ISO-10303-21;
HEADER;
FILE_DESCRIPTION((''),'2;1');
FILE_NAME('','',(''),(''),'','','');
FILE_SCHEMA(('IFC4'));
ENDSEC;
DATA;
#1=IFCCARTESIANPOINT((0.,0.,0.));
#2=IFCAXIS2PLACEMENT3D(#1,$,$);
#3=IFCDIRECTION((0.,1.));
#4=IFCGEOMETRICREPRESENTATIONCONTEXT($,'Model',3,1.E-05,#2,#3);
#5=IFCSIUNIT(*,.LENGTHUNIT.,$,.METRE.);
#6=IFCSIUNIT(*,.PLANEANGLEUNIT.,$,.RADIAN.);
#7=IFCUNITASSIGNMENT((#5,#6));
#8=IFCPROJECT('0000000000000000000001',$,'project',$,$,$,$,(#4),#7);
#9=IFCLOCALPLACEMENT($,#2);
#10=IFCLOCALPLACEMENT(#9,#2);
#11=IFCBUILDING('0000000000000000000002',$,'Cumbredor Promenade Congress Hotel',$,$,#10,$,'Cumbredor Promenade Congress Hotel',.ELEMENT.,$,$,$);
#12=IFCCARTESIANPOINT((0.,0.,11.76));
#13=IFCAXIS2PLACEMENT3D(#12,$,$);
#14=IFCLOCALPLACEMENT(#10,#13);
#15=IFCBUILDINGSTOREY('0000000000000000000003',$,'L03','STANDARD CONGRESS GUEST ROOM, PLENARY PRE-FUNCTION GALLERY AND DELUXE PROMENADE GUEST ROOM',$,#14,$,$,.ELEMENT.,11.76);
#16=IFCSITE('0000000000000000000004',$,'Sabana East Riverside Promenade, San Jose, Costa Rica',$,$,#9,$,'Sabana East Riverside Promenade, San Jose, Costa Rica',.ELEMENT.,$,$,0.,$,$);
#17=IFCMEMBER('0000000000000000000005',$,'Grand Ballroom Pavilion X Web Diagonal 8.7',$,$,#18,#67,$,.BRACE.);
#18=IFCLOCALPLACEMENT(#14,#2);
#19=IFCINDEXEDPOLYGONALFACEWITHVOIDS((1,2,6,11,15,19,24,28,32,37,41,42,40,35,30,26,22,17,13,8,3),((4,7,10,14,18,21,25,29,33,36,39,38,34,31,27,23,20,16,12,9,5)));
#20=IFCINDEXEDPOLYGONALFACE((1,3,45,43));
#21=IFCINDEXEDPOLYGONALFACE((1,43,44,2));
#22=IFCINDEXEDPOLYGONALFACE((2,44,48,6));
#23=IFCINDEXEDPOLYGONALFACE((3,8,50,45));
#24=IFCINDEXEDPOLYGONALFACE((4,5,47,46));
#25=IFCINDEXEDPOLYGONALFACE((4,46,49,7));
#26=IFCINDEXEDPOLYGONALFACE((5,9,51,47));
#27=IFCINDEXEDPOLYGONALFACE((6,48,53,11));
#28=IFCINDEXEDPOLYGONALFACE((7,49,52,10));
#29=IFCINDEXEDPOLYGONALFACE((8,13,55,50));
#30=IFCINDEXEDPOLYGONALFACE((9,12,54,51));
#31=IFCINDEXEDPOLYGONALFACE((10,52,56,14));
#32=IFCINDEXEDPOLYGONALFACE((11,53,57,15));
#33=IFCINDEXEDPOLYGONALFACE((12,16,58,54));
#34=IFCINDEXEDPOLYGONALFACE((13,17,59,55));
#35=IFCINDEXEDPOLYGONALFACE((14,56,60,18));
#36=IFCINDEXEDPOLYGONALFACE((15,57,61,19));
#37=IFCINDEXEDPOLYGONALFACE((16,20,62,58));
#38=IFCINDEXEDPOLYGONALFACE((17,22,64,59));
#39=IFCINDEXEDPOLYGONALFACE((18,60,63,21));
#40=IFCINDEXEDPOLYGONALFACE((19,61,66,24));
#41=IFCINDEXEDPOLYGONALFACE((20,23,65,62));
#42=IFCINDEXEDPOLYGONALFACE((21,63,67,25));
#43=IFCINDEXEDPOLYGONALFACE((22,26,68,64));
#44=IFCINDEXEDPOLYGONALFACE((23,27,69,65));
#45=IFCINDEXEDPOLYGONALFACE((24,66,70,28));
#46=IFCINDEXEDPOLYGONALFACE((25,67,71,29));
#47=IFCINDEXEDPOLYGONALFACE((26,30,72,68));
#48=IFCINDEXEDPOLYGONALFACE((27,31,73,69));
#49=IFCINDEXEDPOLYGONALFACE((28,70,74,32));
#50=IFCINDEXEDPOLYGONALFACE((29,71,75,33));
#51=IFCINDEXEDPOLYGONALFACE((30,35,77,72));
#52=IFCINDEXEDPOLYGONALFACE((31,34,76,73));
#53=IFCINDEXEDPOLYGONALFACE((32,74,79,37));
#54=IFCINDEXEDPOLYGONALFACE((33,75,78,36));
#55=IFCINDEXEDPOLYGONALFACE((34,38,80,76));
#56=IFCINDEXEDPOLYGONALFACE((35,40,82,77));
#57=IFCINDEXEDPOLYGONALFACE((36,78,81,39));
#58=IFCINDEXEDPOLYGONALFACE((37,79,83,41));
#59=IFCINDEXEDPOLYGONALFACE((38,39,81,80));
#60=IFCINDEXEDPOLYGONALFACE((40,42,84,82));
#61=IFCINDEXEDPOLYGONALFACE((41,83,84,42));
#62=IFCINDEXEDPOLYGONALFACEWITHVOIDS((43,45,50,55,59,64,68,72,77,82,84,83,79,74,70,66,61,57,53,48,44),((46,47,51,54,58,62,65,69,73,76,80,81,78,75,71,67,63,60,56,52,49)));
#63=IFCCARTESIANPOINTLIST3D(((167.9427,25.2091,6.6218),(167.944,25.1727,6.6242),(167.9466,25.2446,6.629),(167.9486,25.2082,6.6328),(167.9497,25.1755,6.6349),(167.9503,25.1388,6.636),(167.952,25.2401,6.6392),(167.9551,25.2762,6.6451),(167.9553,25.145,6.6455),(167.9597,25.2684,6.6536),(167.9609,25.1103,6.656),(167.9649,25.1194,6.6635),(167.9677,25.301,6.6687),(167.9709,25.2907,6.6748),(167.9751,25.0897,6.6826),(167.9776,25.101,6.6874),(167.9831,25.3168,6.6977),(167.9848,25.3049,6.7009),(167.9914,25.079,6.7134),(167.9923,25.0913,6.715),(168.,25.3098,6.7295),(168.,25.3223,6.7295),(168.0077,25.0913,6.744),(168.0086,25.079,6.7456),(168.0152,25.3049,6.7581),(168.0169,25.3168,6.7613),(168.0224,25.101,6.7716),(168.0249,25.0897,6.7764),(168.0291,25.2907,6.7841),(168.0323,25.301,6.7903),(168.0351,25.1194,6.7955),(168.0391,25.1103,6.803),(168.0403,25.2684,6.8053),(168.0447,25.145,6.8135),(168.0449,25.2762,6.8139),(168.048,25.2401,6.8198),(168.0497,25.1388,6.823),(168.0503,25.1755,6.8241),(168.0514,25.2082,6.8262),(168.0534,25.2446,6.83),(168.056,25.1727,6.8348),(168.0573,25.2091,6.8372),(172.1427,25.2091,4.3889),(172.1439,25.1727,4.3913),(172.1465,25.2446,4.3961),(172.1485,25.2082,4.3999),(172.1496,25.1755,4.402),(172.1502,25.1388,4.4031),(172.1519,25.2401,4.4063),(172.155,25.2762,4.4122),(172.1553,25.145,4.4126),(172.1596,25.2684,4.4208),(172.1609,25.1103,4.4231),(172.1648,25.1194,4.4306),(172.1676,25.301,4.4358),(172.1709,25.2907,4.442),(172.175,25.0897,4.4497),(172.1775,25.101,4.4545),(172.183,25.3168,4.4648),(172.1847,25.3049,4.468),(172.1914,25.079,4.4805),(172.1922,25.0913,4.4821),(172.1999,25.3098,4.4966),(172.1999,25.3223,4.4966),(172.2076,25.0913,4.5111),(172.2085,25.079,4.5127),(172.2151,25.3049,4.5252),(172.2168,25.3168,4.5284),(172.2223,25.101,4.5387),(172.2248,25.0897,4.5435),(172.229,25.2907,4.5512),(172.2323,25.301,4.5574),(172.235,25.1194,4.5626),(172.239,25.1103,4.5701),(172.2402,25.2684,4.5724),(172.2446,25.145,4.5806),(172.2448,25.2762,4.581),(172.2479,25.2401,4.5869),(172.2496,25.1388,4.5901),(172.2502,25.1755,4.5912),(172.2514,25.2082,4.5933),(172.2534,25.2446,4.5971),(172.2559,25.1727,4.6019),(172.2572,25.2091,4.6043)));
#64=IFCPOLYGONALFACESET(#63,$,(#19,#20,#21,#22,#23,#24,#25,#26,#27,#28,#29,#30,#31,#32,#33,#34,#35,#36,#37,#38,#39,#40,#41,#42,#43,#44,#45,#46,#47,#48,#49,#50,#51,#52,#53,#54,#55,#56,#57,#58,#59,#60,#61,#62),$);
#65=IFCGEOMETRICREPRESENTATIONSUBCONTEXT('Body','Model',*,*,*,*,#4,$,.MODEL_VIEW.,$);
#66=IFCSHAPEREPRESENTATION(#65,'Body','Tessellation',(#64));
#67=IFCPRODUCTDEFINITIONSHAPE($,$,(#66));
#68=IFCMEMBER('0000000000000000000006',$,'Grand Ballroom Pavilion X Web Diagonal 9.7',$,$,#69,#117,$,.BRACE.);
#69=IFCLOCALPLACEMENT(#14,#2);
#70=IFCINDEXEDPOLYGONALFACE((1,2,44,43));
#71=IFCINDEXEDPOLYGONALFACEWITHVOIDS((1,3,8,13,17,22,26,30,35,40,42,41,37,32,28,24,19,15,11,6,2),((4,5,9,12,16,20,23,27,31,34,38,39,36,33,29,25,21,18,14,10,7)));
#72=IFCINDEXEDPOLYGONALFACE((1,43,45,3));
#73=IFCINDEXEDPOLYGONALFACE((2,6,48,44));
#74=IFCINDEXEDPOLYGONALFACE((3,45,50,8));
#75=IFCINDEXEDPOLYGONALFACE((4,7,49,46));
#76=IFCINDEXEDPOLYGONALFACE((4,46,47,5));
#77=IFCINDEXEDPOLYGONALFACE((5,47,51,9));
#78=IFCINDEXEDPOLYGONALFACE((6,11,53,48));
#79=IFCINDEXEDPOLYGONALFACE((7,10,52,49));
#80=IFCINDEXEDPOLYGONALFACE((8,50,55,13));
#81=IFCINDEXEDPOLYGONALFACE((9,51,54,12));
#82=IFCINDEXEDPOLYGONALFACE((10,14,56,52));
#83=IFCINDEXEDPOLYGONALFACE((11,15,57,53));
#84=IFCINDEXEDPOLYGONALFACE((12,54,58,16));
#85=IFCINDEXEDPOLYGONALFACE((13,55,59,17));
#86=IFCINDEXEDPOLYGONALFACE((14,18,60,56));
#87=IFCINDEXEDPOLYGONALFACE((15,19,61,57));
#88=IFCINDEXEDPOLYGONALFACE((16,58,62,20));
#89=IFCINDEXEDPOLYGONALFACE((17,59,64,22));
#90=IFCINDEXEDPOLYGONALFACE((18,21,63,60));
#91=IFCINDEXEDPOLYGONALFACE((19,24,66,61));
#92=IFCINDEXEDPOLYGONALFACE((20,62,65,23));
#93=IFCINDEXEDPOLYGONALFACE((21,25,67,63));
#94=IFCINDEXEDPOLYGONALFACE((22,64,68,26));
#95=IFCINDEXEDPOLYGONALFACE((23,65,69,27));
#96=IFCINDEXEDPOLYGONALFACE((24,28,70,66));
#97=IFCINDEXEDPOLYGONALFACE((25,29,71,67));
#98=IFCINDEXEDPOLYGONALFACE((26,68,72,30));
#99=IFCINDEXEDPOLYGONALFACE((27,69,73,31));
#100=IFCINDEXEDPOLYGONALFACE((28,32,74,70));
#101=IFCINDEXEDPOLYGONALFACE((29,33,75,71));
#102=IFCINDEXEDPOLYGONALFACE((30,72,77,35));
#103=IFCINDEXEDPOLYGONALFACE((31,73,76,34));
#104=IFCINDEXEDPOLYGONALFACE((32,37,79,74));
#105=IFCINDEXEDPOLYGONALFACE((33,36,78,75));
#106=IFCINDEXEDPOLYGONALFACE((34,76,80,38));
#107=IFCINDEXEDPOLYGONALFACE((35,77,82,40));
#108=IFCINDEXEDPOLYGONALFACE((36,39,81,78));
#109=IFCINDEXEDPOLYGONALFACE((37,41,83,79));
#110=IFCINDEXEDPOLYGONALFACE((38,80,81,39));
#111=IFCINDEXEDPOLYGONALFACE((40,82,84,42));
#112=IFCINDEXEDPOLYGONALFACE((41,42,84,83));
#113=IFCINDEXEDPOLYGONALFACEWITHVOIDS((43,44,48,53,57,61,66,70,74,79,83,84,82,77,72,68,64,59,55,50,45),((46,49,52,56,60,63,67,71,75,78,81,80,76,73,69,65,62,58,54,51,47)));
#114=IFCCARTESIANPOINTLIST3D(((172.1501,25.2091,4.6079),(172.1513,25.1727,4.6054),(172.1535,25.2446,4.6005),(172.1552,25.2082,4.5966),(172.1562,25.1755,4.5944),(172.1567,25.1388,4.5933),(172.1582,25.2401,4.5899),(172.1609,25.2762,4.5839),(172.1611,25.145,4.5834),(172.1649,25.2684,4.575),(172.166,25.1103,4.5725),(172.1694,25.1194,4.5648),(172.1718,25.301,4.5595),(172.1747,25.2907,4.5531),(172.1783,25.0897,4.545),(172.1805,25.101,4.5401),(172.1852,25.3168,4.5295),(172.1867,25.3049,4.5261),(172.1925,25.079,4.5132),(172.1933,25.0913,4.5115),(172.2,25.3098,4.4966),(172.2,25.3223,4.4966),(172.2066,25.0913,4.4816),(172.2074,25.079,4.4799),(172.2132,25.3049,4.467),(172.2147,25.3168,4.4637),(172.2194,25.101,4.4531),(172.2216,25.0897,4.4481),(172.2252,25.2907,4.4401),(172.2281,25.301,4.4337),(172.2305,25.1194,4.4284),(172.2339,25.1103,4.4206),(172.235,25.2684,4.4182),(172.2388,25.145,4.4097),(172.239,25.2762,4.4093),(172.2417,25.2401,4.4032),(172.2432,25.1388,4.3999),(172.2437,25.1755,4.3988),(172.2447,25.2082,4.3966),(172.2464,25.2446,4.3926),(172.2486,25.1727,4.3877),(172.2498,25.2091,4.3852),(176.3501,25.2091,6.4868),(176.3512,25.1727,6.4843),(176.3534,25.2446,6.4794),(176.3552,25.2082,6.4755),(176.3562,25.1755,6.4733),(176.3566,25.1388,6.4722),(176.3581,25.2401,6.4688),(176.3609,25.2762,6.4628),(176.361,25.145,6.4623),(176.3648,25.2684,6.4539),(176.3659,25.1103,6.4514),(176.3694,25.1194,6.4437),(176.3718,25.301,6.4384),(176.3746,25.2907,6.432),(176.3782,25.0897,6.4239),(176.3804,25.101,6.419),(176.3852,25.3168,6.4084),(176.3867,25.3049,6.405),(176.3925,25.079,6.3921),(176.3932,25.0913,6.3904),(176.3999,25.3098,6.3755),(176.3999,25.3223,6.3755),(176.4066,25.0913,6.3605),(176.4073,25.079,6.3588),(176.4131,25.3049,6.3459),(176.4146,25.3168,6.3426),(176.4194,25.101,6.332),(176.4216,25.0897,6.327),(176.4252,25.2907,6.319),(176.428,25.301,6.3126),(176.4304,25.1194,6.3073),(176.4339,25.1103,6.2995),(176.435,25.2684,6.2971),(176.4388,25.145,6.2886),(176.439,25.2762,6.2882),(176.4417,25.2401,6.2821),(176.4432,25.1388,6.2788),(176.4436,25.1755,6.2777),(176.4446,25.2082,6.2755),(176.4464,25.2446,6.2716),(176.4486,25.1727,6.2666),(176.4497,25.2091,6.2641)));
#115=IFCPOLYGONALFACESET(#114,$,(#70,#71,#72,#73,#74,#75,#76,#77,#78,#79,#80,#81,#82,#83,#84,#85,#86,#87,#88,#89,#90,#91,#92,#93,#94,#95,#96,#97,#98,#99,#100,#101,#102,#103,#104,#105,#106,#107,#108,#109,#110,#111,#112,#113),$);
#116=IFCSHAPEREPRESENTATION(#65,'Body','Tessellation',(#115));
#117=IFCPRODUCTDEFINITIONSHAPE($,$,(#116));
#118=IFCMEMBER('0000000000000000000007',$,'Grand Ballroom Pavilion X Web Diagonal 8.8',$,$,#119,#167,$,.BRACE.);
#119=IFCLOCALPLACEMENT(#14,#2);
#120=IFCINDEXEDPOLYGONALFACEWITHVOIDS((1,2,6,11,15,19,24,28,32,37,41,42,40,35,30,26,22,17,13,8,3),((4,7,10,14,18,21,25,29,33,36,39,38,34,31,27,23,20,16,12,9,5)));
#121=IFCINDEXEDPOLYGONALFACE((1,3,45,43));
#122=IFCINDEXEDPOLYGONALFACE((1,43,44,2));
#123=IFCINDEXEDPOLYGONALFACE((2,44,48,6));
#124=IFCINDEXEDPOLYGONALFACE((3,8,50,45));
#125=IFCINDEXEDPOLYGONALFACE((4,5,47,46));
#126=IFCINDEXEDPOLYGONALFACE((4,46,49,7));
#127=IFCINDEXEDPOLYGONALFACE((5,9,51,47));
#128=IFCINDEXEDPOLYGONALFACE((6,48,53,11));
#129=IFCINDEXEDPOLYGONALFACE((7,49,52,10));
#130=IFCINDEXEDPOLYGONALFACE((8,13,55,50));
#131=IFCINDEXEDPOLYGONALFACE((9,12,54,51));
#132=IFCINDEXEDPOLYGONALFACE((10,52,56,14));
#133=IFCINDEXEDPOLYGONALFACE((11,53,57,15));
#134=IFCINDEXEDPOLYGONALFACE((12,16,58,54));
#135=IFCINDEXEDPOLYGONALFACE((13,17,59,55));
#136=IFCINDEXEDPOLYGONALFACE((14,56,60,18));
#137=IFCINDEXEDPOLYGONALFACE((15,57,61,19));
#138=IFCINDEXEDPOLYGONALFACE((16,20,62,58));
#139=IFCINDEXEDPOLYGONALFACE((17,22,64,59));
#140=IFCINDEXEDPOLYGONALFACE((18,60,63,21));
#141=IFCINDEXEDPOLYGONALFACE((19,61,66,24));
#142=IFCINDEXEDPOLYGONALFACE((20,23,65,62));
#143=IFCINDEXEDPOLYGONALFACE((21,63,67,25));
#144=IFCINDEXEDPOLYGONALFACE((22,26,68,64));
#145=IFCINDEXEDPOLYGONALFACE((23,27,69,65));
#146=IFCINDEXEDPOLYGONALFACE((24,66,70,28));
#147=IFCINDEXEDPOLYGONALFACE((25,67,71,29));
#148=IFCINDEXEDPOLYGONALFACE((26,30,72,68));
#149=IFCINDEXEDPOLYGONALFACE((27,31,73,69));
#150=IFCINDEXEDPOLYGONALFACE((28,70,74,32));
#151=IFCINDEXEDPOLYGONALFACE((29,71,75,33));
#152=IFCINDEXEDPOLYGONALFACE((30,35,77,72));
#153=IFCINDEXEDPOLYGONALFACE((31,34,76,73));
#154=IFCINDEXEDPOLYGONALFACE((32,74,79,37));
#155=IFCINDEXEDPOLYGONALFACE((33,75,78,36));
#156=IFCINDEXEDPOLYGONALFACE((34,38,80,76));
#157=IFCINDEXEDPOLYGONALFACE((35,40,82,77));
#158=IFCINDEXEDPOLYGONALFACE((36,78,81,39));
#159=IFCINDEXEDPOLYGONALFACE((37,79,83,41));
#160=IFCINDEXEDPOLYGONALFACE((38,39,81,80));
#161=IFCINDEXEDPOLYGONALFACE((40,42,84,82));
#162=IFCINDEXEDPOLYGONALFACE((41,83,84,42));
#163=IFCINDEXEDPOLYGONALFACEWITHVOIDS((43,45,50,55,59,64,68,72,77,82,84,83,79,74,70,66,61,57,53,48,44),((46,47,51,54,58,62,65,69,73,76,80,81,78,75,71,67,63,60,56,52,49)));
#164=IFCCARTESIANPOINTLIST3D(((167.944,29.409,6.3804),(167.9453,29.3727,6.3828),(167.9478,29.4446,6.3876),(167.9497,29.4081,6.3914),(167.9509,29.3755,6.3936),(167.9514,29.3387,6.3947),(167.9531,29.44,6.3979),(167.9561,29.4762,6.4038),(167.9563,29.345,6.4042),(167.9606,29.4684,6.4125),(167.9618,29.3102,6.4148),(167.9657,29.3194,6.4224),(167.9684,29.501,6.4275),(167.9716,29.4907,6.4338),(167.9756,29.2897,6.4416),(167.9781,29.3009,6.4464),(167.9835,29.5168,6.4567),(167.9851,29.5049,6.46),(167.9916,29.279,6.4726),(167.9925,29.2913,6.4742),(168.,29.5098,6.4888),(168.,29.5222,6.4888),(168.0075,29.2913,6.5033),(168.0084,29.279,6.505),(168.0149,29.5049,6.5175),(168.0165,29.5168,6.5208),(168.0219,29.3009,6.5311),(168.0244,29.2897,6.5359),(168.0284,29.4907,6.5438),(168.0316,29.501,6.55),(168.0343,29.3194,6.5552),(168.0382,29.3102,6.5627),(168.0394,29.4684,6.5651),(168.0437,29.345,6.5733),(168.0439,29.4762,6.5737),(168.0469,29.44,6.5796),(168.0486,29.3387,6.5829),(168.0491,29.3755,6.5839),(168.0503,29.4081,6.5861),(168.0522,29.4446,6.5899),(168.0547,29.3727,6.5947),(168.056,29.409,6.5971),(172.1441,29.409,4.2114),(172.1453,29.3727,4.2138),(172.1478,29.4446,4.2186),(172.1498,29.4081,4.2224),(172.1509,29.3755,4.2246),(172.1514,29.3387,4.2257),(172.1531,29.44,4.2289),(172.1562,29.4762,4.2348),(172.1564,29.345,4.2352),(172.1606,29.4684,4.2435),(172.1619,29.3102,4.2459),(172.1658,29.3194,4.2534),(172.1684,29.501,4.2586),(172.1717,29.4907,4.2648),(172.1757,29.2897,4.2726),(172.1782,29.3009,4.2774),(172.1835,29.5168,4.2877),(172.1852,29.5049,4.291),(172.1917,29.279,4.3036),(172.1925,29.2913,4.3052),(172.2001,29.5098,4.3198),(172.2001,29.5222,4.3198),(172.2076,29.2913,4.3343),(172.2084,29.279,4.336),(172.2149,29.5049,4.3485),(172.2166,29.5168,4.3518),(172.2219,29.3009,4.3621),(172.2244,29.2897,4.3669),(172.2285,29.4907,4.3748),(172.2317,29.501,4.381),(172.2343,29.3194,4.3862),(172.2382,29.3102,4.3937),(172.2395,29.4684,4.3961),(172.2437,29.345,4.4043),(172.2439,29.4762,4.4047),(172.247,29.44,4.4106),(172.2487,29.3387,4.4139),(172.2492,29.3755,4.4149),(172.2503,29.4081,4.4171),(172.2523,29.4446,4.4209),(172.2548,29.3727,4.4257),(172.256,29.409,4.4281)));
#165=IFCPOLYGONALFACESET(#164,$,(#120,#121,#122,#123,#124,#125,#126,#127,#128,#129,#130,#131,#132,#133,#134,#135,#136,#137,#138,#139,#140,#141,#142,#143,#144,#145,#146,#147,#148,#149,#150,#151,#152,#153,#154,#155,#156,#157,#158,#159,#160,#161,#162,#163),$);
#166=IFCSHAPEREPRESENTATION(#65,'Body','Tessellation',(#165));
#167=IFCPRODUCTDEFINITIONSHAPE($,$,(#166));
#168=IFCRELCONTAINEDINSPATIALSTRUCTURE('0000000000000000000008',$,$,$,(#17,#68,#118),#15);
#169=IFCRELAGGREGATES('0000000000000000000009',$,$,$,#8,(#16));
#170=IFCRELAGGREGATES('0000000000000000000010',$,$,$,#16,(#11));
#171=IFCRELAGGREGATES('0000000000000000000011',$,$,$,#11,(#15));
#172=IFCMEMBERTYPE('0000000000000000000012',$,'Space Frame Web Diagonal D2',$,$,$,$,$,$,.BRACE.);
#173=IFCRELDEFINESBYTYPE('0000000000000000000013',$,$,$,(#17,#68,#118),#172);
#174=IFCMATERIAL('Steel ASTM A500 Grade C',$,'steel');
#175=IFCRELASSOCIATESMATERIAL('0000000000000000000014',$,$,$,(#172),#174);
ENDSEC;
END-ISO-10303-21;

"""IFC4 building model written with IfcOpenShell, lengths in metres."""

from ifc_helpers import new_model, si_unit, direction, frame, origin, origin_2d, place, context, subcontext, project, spatial, hollow_circle, extrude, material, material_profile, profile_set, type_object, element, save


model = new_model("IFC4")

# Units and contexts
model_context = context("Model", 3, precision=1e-05, world=origin(), true_north=direction((0.0, 1.0)))
body_context = subcontext(model_context, "Body", "Model", "MODEL_VIEW")
ifc_project = project(units=[si_unit("LENGTHUNIT", "METRE"), si_unit("PLANEANGLEUNIT", "RADIAN")], contexts=[model_context])

# Site, building, storey
site_placement = place(None, origin())
site = spatial("IfcSite", under=ifc_project, at=site_placement, Name="Sabana East Riverside Promenade, San Jose, Costa Rica", LongName="Sabana East Riverside Promenade, San Jose, Costa Rica", CompositionType="ELEMENT", RefElevation=0.0)
building_placement = place(site_placement, origin())
building = spatial("IfcBuilding", under=site, at=building_placement, Name="Cumbredor Promenade Congress Hotel", LongName="Cumbredor Promenade Congress Hotel", CompositionType="ELEMENT")
storey_placement = place(building_placement, frame((0.0, 0.0, 11.76)))
storey = spatial("IfcBuildingStorey", under=building, at=storey_placement, Name="L03", Description="STANDARD CONGRESS GUEST ROOM, PLENARY PRE-FUNCTION GALLERY AND DELUXE PROMENADE GUEST ROOM", CompositionType="ELEMENT", Elevation=11.76)

# Members
ifc_material_1 = material(Name="Steel ASTM A500 Grade C", Category="steel")
ifc_material_profile_1 = material_profile(ifc_material_1, hollow_circle(Radius=0.1223, WallThickness=0.0125, at=origin_2d()), Name="CHS 244.5x12.5")
ifc_profile_set_1 = profile_set([ifc_material_profile_1], Name="Steel ASTM A500 Grade C")
member_type_1 = type_object("IfcMemberType", Name="Space Frame Web Diagonal D2", PredefinedType="BRACE", material=ifc_profile_set_1)
member_1_placement = place(storey_placement, frame((168.0, 25.2, 6.7295), z_axis=(0.882969, 0.0, -0.469432), x_axis=(0.0, 1.0, 0.0)))
element("IfcMember", 1, at=member_1_placement, inside=storey, type_object=member_type_1, Name="Grand Ballroom Pavilion X Web Diagonal 8.7", PredefinedType="BRACE", context=body_context, shape_type="SweptSolid", body=[
    extrude(hollow_circle(Radius=0.1223, WallThickness=0.0125, at=origin_2d()), origin(), (0.0, 0.0, 1.0), 4.7566),
])
member_2_placement = place(storey_placement, frame((172.2, 25.2, 4.4966), z_axis=(0.91282, 0.0, 0.408363), x_axis=(0.0, 1.0, 0.0)))
element("IfcMember", 2, at=member_2_placement, inside=storey, type_object=member_type_1, Name="Grand Ballroom Pavilion X Web Diagonal 9.7", PredefinedType="BRACE", context=body_context, shape_type="SweptSolid", body=[
    extrude(hollow_circle(Radius=0.1223, WallThickness=0.0125, at=origin_2d()), origin(), (0.0, 0.0, 1.0), 4.6011),
])
member_3_placement = place(storey_placement, frame((168.0, 29.3999, 6.4888), z_axis=(0.888515, 0.0, -0.458848), x_axis=(0.0, 1.0, 0.0)))
element("IfcMember", 3, at=member_3_placement, inside=storey, type_object=member_type_1, Name="Grand Ballroom Pavilion X Web Diagonal 8.8", PredefinedType="BRACE", context=body_context, shape_type="SweptSolid", body=[
    extrude(hollow_circle(Radius=0.1223, WallThickness=0.0125, at=origin_2d()), origin(), (0.0, 0.0, 1.0), 4.7271),
])

save(model, "model.ifc")
